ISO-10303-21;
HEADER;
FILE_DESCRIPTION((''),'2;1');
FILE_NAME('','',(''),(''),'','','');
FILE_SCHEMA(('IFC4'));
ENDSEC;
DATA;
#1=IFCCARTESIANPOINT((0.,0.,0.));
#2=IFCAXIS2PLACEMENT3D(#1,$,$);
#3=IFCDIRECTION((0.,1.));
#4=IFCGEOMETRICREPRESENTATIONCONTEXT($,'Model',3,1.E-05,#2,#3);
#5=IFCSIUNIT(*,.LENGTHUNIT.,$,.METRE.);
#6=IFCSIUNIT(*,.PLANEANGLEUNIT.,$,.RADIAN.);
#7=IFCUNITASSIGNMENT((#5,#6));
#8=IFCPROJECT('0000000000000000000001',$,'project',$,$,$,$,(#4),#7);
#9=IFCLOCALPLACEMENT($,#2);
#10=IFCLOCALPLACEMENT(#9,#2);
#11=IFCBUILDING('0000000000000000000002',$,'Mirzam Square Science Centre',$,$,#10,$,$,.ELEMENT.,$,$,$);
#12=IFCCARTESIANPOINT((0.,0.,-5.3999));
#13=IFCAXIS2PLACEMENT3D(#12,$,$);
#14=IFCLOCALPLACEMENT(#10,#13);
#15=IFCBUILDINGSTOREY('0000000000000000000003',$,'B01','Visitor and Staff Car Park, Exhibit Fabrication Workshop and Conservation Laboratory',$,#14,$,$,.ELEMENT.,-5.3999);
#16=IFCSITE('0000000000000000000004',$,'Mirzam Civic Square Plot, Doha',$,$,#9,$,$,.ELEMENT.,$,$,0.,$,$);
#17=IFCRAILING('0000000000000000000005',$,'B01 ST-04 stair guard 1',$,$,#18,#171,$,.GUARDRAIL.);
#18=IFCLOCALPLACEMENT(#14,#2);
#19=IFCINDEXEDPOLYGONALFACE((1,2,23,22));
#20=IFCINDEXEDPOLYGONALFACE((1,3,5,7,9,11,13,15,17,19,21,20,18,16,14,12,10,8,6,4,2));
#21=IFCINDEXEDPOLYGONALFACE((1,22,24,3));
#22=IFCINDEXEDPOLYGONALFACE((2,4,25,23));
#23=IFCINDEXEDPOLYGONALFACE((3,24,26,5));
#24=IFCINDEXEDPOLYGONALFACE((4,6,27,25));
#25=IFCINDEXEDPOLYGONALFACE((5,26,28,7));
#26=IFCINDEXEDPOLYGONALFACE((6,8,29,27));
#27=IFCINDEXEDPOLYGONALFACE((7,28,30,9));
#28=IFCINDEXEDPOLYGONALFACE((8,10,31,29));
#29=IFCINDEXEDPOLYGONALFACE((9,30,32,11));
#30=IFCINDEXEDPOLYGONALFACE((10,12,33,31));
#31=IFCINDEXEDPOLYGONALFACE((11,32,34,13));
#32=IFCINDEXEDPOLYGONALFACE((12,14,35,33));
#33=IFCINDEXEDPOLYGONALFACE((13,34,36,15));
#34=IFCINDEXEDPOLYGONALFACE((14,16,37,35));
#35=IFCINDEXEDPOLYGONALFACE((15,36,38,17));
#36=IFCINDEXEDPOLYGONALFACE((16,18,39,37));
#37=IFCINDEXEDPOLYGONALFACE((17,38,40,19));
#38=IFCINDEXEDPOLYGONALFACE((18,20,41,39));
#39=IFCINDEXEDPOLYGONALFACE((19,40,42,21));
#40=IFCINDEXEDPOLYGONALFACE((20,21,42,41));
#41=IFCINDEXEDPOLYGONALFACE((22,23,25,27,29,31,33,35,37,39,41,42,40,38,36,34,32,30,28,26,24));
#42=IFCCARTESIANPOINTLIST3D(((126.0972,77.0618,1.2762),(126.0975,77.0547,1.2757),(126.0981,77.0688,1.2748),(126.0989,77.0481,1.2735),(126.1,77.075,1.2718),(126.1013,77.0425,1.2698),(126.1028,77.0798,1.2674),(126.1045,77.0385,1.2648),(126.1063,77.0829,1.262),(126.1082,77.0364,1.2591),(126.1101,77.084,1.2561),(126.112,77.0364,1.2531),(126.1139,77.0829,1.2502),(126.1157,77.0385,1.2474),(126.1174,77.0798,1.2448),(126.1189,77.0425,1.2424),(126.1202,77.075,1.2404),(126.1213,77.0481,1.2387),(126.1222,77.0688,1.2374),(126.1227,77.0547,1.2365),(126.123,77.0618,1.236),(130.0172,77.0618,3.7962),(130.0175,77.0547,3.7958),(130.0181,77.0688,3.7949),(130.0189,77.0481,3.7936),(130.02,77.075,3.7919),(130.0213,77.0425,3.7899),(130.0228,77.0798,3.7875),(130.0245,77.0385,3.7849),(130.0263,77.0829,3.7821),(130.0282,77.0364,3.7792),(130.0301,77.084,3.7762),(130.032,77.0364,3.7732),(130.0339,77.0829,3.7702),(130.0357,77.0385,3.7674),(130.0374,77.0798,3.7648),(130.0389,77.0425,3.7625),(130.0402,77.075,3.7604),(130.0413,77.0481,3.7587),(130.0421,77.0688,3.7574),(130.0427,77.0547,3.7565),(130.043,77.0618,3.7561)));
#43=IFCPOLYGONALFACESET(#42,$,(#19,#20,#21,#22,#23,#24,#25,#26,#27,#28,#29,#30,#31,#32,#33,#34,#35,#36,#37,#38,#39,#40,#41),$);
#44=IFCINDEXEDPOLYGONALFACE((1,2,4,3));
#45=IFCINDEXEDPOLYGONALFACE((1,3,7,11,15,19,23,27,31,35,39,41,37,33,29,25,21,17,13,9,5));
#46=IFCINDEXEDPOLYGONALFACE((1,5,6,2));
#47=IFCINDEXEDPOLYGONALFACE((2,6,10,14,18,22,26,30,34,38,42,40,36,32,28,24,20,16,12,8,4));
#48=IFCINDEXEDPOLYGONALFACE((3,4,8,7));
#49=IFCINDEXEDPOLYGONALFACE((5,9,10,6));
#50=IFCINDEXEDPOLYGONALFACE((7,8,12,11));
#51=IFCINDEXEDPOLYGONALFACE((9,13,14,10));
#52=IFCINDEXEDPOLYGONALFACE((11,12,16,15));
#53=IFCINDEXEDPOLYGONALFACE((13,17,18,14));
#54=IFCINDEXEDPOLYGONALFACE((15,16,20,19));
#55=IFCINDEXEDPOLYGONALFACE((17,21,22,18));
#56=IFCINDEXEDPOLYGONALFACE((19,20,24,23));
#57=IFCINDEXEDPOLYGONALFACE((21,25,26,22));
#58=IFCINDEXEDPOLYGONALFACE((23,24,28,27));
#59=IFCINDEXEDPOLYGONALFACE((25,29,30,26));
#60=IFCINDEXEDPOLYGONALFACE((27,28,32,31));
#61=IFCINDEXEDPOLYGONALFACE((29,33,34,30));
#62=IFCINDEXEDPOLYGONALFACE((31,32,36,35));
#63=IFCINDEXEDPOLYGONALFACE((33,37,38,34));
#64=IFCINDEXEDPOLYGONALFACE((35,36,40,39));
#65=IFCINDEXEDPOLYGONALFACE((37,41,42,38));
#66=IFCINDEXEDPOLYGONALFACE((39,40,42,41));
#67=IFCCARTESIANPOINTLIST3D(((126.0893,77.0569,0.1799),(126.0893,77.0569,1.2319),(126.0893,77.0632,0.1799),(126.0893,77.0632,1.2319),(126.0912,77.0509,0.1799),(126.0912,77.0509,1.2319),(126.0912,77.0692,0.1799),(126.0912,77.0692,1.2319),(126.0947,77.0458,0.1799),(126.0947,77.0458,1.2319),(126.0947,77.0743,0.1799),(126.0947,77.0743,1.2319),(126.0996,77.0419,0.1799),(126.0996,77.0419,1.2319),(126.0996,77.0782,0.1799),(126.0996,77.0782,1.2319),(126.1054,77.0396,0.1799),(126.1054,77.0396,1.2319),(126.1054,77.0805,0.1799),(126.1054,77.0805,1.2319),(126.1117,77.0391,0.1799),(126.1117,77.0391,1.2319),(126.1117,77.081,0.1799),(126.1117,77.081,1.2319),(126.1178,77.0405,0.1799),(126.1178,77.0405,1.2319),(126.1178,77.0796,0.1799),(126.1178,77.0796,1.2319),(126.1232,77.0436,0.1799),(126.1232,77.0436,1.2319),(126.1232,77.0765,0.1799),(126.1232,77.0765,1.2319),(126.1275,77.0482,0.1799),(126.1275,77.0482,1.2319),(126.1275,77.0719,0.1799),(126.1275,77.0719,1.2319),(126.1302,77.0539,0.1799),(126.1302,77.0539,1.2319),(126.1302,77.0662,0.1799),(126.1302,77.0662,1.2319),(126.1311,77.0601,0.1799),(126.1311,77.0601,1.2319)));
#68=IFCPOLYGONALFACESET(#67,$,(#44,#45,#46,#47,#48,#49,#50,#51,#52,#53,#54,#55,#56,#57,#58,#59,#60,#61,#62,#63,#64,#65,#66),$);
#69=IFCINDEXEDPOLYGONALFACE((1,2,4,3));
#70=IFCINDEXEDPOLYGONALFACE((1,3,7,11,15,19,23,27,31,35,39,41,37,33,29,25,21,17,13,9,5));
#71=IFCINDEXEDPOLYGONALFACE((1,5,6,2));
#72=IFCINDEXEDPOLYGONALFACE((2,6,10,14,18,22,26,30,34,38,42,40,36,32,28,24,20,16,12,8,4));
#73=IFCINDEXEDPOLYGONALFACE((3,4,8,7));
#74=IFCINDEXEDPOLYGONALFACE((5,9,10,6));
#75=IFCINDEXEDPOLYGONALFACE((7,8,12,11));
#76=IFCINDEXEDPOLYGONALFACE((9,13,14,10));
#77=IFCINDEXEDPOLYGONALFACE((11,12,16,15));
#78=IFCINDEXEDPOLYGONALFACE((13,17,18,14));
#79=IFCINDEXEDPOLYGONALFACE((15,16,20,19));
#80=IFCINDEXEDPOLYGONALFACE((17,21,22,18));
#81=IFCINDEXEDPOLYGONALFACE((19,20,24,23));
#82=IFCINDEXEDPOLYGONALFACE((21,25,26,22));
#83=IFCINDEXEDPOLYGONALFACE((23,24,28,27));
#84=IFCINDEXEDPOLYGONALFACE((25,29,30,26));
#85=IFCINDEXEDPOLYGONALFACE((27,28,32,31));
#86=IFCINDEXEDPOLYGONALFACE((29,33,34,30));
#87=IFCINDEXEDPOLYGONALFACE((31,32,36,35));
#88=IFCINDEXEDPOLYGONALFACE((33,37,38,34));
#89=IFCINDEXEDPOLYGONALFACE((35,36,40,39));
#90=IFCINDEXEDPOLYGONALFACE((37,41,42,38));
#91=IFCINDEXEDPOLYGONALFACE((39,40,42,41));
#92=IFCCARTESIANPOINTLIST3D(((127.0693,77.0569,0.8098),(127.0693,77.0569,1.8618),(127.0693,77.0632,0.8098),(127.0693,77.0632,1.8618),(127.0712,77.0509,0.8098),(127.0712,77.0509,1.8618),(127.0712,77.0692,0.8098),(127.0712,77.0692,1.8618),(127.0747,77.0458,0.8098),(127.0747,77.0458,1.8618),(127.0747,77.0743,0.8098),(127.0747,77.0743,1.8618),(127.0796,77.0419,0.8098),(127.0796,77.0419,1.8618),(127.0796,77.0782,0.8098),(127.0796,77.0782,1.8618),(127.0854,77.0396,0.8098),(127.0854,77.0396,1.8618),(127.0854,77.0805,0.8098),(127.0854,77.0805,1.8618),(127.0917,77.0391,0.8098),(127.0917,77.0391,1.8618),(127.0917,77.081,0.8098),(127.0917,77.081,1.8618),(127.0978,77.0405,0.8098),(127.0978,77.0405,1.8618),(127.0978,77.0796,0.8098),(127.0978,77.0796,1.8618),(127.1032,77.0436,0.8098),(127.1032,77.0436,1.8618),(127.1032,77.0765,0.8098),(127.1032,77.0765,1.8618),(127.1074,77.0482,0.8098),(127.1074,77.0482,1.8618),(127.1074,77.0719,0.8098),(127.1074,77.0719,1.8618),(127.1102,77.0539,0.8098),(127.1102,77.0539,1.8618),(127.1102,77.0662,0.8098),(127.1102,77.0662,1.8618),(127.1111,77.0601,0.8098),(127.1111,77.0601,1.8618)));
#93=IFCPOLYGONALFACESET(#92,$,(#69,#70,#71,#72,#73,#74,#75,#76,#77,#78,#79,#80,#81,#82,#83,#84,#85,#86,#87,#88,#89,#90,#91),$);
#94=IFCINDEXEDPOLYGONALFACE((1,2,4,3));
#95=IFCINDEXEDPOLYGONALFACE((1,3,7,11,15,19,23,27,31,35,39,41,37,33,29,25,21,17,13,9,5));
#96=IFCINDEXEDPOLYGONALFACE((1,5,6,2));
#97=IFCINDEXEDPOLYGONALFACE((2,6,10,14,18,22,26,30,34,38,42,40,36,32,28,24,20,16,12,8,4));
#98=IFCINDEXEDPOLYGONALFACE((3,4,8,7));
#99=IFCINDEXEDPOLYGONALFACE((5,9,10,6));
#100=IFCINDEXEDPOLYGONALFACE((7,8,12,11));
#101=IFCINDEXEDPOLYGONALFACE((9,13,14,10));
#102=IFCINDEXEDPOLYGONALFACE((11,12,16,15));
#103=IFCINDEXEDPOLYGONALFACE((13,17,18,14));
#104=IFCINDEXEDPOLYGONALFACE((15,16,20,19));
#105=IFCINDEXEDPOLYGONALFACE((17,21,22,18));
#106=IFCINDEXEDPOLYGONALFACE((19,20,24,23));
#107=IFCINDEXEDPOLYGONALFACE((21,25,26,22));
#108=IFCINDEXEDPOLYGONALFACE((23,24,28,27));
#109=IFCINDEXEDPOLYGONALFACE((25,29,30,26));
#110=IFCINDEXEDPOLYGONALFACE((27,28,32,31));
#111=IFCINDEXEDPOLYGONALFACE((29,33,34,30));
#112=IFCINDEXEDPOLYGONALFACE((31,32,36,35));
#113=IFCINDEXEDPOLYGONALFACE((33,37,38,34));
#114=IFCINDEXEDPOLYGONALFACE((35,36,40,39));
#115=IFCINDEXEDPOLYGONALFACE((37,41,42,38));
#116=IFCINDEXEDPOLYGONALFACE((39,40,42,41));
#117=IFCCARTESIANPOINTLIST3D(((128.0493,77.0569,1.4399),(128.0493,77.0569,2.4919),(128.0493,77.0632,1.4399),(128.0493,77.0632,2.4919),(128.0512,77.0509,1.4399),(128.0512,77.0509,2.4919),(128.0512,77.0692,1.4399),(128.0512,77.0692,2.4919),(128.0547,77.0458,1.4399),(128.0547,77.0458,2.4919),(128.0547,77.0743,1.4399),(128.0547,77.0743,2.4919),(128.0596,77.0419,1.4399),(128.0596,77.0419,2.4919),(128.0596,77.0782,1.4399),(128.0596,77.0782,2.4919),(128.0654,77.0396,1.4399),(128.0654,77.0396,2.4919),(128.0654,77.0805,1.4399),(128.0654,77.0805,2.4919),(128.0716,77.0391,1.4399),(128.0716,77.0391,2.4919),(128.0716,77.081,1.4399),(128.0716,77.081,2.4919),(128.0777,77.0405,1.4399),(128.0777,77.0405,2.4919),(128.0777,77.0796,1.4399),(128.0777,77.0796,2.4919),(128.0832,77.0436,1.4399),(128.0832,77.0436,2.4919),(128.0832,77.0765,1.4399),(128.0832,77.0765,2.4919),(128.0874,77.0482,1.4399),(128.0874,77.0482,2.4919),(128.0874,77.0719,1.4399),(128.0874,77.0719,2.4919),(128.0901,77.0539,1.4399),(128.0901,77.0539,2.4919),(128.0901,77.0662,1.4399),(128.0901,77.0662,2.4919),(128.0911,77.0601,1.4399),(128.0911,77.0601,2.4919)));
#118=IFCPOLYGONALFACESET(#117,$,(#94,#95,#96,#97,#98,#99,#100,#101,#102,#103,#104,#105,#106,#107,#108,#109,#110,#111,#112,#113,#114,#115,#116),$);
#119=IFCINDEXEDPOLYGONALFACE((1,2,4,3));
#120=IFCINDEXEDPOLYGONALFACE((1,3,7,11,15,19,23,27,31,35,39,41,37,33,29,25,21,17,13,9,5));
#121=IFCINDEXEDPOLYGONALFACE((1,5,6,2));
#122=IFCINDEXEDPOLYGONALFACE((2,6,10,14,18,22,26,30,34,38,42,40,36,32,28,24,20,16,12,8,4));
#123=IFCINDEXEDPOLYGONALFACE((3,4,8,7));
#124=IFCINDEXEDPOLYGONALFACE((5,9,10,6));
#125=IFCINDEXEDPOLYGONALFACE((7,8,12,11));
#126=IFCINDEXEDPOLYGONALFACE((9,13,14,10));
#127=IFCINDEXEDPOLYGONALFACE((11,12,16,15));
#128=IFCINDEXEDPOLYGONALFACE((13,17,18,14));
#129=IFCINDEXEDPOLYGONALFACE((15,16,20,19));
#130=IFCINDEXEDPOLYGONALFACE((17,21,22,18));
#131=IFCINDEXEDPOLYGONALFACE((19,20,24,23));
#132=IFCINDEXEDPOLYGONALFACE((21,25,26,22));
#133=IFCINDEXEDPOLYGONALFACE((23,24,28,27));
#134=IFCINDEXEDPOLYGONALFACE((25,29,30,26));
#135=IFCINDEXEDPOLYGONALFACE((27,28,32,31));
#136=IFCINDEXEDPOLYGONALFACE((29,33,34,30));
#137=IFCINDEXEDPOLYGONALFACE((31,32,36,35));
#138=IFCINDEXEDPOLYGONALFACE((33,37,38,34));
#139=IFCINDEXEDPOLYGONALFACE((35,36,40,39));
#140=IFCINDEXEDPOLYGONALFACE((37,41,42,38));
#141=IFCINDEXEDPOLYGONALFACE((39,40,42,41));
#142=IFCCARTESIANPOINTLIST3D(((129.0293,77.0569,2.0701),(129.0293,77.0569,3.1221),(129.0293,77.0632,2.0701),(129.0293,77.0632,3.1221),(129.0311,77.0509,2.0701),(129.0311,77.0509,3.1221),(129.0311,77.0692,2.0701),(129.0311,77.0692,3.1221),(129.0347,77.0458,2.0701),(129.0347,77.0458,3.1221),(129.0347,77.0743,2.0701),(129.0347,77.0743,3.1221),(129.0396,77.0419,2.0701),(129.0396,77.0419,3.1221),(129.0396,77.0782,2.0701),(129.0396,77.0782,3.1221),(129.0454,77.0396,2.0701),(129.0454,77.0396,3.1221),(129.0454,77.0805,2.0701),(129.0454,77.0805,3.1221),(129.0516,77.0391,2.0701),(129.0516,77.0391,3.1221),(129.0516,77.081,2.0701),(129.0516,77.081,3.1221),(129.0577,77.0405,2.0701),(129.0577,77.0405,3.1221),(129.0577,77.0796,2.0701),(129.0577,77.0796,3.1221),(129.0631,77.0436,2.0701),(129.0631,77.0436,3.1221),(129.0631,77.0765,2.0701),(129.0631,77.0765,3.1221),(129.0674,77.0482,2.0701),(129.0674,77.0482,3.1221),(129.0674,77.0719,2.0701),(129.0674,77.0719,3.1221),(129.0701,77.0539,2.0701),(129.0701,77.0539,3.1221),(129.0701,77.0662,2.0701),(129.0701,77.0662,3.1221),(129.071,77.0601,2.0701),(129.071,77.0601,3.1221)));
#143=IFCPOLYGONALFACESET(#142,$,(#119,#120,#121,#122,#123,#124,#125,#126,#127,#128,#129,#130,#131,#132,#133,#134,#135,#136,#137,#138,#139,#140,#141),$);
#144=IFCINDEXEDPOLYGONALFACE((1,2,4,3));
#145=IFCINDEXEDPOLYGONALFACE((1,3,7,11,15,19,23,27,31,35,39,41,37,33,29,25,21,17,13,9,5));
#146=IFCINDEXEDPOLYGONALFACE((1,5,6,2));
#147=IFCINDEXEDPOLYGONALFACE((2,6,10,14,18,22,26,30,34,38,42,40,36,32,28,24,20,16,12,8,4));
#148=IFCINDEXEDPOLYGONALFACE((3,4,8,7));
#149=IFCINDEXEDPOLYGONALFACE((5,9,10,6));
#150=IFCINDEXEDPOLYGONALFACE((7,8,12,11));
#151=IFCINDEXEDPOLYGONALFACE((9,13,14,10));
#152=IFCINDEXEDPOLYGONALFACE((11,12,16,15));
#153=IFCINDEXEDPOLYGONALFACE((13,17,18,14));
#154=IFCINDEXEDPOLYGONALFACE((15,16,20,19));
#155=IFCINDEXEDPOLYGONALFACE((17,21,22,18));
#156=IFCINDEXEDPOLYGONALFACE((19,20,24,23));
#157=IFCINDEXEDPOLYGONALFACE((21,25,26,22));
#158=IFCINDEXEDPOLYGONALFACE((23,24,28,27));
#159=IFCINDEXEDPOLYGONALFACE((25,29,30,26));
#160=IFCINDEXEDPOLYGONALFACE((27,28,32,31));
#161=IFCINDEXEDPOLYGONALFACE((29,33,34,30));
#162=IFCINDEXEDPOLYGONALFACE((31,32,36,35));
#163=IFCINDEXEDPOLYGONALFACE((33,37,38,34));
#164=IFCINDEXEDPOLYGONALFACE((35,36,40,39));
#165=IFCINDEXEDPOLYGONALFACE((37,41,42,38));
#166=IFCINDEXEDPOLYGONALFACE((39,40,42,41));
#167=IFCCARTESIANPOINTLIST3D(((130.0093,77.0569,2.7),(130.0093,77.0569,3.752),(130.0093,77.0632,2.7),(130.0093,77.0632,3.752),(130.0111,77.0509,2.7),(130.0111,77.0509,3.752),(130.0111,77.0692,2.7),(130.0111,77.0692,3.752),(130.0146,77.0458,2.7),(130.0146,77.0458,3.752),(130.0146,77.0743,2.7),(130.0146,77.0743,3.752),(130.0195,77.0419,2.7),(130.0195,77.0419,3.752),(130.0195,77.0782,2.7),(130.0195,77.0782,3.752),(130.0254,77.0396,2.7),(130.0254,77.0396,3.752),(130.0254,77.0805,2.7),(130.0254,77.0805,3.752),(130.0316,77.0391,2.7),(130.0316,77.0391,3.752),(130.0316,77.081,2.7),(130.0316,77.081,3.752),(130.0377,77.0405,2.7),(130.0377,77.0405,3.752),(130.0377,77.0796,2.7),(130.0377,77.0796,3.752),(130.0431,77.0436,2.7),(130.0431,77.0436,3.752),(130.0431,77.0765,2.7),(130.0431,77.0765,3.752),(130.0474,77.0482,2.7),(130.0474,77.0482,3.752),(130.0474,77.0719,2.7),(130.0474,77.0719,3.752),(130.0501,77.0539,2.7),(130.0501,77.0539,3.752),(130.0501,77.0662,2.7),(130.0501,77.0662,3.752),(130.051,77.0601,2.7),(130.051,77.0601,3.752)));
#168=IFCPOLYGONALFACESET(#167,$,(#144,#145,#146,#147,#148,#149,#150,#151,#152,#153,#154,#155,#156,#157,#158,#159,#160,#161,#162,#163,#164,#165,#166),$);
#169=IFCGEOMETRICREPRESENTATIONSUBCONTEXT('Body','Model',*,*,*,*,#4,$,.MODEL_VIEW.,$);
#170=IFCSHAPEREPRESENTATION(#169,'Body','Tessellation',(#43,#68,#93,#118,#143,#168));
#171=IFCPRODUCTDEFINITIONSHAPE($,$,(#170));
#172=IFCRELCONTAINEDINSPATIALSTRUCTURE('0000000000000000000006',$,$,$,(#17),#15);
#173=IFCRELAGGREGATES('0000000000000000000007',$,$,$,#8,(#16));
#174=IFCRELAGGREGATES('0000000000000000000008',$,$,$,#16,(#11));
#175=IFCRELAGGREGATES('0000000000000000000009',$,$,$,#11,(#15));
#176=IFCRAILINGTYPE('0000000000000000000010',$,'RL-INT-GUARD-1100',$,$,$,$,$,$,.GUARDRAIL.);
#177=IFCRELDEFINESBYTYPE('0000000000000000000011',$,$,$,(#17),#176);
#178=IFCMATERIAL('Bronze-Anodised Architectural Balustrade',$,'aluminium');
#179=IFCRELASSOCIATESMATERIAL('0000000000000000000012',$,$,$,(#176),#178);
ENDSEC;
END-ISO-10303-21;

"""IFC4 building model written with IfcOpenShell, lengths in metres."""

from ifc_helpers import new_model, si_unit, direction, frame, origin, origin_2d, place, context, subcontext, project, spatial, circle, extrude, material, type_object, element, save


model = new_model("IFC4")

# Units and contexts
model_context = context("Model", 3, precision=1e-05, world=origin(), true_north=direction((0.0, 1.0)))
body_context = subcontext(model_context, "Body", "Model", "MODEL_VIEW")
ifc_project = project(units=[si_unit("LENGTHUNIT", "METRE"), si_unit("PLANEANGLEUNIT", "RADIAN")], contexts=[model_context])

# Site, building, storey
site_placement = place(None, origin())
site = spatial("IfcSite", under=ifc_project, at=site_placement, Name="Mirzam Civic Square Plot, Doha", CompositionType="ELEMENT", RefElevation=0.0)
building_placement = place(site_placement, origin())
building = spatial("IfcBuilding", under=site, at=building_placement, Name="Mirzam Square Science Centre", CompositionType="ELEMENT")
storey_placement = place(building_placement, frame((0.0, 0.0, -5.3999)))
storey = spatial("IfcBuildingStorey", under=building, at=storey_placement, Name="B01", Description="Visitor and Staff Car Park, Exhibit Fabrication Workshop and Conservation Laboratory", CompositionType="ELEMENT", Elevation=-5.3999)

# Railing
ifc_material_1 = material(Name="Bronze-Anodised Architectural Balustrade", Category="aluminium")
railing_type_1 = type_object("IfcRailingType", Name="RL-INT-GUARD-1100", PredefinedType="GUARDRAIL", material=ifc_material_1)
railing_1_placement = place(storey_placement, frame((126.1101, 77.0601, 0.1799)))
element("IfcRailing", 1, at=railing_1_placement, inside=storey, type_object=railing_type_1, Name="B01 ST-04 stair guard 1", PredefinedType="GUARDRAIL", context=body_context, shape_type="SweptSolid", body=[
    extrude(circle(Radius=0.0239, at=origin_2d()), frame((0.0, 0.0, 1.0762), z_axis=(0.841172, 0.0, 0.540768), x_axis=(0.0, 1.0, 0.0)), (0.0, 0.0, 1.0), 4.6602),
    extrude(circle(Radius=0.021, at=origin_2d()), origin(), (0.0, 0.0, 1.0), 1.052),
    extrude(circle(Radius=0.021, at=origin_2d()), frame((0.98, 0.0, 0.6299)), (0.0, 0.0, 1.0), 1.052),
    extrude(circle(Radius=0.021, at=origin_2d()), frame((1.96, 0.0, 1.26)), (0.0, 0.0, 1.0), 1.052),
    extrude(circle(Radius=0.021, at=origin_2d()), frame((2.9399, 0.0, 1.8901)), (0.0, 0.0, 1.0), 1.052),
    extrude(circle(Radius=0.021, at=origin_2d()), frame((3.9199, 0.0, 2.52)), (0.0, 0.0, 1.0), 1.052),
])

save(model, "model.ifc")
